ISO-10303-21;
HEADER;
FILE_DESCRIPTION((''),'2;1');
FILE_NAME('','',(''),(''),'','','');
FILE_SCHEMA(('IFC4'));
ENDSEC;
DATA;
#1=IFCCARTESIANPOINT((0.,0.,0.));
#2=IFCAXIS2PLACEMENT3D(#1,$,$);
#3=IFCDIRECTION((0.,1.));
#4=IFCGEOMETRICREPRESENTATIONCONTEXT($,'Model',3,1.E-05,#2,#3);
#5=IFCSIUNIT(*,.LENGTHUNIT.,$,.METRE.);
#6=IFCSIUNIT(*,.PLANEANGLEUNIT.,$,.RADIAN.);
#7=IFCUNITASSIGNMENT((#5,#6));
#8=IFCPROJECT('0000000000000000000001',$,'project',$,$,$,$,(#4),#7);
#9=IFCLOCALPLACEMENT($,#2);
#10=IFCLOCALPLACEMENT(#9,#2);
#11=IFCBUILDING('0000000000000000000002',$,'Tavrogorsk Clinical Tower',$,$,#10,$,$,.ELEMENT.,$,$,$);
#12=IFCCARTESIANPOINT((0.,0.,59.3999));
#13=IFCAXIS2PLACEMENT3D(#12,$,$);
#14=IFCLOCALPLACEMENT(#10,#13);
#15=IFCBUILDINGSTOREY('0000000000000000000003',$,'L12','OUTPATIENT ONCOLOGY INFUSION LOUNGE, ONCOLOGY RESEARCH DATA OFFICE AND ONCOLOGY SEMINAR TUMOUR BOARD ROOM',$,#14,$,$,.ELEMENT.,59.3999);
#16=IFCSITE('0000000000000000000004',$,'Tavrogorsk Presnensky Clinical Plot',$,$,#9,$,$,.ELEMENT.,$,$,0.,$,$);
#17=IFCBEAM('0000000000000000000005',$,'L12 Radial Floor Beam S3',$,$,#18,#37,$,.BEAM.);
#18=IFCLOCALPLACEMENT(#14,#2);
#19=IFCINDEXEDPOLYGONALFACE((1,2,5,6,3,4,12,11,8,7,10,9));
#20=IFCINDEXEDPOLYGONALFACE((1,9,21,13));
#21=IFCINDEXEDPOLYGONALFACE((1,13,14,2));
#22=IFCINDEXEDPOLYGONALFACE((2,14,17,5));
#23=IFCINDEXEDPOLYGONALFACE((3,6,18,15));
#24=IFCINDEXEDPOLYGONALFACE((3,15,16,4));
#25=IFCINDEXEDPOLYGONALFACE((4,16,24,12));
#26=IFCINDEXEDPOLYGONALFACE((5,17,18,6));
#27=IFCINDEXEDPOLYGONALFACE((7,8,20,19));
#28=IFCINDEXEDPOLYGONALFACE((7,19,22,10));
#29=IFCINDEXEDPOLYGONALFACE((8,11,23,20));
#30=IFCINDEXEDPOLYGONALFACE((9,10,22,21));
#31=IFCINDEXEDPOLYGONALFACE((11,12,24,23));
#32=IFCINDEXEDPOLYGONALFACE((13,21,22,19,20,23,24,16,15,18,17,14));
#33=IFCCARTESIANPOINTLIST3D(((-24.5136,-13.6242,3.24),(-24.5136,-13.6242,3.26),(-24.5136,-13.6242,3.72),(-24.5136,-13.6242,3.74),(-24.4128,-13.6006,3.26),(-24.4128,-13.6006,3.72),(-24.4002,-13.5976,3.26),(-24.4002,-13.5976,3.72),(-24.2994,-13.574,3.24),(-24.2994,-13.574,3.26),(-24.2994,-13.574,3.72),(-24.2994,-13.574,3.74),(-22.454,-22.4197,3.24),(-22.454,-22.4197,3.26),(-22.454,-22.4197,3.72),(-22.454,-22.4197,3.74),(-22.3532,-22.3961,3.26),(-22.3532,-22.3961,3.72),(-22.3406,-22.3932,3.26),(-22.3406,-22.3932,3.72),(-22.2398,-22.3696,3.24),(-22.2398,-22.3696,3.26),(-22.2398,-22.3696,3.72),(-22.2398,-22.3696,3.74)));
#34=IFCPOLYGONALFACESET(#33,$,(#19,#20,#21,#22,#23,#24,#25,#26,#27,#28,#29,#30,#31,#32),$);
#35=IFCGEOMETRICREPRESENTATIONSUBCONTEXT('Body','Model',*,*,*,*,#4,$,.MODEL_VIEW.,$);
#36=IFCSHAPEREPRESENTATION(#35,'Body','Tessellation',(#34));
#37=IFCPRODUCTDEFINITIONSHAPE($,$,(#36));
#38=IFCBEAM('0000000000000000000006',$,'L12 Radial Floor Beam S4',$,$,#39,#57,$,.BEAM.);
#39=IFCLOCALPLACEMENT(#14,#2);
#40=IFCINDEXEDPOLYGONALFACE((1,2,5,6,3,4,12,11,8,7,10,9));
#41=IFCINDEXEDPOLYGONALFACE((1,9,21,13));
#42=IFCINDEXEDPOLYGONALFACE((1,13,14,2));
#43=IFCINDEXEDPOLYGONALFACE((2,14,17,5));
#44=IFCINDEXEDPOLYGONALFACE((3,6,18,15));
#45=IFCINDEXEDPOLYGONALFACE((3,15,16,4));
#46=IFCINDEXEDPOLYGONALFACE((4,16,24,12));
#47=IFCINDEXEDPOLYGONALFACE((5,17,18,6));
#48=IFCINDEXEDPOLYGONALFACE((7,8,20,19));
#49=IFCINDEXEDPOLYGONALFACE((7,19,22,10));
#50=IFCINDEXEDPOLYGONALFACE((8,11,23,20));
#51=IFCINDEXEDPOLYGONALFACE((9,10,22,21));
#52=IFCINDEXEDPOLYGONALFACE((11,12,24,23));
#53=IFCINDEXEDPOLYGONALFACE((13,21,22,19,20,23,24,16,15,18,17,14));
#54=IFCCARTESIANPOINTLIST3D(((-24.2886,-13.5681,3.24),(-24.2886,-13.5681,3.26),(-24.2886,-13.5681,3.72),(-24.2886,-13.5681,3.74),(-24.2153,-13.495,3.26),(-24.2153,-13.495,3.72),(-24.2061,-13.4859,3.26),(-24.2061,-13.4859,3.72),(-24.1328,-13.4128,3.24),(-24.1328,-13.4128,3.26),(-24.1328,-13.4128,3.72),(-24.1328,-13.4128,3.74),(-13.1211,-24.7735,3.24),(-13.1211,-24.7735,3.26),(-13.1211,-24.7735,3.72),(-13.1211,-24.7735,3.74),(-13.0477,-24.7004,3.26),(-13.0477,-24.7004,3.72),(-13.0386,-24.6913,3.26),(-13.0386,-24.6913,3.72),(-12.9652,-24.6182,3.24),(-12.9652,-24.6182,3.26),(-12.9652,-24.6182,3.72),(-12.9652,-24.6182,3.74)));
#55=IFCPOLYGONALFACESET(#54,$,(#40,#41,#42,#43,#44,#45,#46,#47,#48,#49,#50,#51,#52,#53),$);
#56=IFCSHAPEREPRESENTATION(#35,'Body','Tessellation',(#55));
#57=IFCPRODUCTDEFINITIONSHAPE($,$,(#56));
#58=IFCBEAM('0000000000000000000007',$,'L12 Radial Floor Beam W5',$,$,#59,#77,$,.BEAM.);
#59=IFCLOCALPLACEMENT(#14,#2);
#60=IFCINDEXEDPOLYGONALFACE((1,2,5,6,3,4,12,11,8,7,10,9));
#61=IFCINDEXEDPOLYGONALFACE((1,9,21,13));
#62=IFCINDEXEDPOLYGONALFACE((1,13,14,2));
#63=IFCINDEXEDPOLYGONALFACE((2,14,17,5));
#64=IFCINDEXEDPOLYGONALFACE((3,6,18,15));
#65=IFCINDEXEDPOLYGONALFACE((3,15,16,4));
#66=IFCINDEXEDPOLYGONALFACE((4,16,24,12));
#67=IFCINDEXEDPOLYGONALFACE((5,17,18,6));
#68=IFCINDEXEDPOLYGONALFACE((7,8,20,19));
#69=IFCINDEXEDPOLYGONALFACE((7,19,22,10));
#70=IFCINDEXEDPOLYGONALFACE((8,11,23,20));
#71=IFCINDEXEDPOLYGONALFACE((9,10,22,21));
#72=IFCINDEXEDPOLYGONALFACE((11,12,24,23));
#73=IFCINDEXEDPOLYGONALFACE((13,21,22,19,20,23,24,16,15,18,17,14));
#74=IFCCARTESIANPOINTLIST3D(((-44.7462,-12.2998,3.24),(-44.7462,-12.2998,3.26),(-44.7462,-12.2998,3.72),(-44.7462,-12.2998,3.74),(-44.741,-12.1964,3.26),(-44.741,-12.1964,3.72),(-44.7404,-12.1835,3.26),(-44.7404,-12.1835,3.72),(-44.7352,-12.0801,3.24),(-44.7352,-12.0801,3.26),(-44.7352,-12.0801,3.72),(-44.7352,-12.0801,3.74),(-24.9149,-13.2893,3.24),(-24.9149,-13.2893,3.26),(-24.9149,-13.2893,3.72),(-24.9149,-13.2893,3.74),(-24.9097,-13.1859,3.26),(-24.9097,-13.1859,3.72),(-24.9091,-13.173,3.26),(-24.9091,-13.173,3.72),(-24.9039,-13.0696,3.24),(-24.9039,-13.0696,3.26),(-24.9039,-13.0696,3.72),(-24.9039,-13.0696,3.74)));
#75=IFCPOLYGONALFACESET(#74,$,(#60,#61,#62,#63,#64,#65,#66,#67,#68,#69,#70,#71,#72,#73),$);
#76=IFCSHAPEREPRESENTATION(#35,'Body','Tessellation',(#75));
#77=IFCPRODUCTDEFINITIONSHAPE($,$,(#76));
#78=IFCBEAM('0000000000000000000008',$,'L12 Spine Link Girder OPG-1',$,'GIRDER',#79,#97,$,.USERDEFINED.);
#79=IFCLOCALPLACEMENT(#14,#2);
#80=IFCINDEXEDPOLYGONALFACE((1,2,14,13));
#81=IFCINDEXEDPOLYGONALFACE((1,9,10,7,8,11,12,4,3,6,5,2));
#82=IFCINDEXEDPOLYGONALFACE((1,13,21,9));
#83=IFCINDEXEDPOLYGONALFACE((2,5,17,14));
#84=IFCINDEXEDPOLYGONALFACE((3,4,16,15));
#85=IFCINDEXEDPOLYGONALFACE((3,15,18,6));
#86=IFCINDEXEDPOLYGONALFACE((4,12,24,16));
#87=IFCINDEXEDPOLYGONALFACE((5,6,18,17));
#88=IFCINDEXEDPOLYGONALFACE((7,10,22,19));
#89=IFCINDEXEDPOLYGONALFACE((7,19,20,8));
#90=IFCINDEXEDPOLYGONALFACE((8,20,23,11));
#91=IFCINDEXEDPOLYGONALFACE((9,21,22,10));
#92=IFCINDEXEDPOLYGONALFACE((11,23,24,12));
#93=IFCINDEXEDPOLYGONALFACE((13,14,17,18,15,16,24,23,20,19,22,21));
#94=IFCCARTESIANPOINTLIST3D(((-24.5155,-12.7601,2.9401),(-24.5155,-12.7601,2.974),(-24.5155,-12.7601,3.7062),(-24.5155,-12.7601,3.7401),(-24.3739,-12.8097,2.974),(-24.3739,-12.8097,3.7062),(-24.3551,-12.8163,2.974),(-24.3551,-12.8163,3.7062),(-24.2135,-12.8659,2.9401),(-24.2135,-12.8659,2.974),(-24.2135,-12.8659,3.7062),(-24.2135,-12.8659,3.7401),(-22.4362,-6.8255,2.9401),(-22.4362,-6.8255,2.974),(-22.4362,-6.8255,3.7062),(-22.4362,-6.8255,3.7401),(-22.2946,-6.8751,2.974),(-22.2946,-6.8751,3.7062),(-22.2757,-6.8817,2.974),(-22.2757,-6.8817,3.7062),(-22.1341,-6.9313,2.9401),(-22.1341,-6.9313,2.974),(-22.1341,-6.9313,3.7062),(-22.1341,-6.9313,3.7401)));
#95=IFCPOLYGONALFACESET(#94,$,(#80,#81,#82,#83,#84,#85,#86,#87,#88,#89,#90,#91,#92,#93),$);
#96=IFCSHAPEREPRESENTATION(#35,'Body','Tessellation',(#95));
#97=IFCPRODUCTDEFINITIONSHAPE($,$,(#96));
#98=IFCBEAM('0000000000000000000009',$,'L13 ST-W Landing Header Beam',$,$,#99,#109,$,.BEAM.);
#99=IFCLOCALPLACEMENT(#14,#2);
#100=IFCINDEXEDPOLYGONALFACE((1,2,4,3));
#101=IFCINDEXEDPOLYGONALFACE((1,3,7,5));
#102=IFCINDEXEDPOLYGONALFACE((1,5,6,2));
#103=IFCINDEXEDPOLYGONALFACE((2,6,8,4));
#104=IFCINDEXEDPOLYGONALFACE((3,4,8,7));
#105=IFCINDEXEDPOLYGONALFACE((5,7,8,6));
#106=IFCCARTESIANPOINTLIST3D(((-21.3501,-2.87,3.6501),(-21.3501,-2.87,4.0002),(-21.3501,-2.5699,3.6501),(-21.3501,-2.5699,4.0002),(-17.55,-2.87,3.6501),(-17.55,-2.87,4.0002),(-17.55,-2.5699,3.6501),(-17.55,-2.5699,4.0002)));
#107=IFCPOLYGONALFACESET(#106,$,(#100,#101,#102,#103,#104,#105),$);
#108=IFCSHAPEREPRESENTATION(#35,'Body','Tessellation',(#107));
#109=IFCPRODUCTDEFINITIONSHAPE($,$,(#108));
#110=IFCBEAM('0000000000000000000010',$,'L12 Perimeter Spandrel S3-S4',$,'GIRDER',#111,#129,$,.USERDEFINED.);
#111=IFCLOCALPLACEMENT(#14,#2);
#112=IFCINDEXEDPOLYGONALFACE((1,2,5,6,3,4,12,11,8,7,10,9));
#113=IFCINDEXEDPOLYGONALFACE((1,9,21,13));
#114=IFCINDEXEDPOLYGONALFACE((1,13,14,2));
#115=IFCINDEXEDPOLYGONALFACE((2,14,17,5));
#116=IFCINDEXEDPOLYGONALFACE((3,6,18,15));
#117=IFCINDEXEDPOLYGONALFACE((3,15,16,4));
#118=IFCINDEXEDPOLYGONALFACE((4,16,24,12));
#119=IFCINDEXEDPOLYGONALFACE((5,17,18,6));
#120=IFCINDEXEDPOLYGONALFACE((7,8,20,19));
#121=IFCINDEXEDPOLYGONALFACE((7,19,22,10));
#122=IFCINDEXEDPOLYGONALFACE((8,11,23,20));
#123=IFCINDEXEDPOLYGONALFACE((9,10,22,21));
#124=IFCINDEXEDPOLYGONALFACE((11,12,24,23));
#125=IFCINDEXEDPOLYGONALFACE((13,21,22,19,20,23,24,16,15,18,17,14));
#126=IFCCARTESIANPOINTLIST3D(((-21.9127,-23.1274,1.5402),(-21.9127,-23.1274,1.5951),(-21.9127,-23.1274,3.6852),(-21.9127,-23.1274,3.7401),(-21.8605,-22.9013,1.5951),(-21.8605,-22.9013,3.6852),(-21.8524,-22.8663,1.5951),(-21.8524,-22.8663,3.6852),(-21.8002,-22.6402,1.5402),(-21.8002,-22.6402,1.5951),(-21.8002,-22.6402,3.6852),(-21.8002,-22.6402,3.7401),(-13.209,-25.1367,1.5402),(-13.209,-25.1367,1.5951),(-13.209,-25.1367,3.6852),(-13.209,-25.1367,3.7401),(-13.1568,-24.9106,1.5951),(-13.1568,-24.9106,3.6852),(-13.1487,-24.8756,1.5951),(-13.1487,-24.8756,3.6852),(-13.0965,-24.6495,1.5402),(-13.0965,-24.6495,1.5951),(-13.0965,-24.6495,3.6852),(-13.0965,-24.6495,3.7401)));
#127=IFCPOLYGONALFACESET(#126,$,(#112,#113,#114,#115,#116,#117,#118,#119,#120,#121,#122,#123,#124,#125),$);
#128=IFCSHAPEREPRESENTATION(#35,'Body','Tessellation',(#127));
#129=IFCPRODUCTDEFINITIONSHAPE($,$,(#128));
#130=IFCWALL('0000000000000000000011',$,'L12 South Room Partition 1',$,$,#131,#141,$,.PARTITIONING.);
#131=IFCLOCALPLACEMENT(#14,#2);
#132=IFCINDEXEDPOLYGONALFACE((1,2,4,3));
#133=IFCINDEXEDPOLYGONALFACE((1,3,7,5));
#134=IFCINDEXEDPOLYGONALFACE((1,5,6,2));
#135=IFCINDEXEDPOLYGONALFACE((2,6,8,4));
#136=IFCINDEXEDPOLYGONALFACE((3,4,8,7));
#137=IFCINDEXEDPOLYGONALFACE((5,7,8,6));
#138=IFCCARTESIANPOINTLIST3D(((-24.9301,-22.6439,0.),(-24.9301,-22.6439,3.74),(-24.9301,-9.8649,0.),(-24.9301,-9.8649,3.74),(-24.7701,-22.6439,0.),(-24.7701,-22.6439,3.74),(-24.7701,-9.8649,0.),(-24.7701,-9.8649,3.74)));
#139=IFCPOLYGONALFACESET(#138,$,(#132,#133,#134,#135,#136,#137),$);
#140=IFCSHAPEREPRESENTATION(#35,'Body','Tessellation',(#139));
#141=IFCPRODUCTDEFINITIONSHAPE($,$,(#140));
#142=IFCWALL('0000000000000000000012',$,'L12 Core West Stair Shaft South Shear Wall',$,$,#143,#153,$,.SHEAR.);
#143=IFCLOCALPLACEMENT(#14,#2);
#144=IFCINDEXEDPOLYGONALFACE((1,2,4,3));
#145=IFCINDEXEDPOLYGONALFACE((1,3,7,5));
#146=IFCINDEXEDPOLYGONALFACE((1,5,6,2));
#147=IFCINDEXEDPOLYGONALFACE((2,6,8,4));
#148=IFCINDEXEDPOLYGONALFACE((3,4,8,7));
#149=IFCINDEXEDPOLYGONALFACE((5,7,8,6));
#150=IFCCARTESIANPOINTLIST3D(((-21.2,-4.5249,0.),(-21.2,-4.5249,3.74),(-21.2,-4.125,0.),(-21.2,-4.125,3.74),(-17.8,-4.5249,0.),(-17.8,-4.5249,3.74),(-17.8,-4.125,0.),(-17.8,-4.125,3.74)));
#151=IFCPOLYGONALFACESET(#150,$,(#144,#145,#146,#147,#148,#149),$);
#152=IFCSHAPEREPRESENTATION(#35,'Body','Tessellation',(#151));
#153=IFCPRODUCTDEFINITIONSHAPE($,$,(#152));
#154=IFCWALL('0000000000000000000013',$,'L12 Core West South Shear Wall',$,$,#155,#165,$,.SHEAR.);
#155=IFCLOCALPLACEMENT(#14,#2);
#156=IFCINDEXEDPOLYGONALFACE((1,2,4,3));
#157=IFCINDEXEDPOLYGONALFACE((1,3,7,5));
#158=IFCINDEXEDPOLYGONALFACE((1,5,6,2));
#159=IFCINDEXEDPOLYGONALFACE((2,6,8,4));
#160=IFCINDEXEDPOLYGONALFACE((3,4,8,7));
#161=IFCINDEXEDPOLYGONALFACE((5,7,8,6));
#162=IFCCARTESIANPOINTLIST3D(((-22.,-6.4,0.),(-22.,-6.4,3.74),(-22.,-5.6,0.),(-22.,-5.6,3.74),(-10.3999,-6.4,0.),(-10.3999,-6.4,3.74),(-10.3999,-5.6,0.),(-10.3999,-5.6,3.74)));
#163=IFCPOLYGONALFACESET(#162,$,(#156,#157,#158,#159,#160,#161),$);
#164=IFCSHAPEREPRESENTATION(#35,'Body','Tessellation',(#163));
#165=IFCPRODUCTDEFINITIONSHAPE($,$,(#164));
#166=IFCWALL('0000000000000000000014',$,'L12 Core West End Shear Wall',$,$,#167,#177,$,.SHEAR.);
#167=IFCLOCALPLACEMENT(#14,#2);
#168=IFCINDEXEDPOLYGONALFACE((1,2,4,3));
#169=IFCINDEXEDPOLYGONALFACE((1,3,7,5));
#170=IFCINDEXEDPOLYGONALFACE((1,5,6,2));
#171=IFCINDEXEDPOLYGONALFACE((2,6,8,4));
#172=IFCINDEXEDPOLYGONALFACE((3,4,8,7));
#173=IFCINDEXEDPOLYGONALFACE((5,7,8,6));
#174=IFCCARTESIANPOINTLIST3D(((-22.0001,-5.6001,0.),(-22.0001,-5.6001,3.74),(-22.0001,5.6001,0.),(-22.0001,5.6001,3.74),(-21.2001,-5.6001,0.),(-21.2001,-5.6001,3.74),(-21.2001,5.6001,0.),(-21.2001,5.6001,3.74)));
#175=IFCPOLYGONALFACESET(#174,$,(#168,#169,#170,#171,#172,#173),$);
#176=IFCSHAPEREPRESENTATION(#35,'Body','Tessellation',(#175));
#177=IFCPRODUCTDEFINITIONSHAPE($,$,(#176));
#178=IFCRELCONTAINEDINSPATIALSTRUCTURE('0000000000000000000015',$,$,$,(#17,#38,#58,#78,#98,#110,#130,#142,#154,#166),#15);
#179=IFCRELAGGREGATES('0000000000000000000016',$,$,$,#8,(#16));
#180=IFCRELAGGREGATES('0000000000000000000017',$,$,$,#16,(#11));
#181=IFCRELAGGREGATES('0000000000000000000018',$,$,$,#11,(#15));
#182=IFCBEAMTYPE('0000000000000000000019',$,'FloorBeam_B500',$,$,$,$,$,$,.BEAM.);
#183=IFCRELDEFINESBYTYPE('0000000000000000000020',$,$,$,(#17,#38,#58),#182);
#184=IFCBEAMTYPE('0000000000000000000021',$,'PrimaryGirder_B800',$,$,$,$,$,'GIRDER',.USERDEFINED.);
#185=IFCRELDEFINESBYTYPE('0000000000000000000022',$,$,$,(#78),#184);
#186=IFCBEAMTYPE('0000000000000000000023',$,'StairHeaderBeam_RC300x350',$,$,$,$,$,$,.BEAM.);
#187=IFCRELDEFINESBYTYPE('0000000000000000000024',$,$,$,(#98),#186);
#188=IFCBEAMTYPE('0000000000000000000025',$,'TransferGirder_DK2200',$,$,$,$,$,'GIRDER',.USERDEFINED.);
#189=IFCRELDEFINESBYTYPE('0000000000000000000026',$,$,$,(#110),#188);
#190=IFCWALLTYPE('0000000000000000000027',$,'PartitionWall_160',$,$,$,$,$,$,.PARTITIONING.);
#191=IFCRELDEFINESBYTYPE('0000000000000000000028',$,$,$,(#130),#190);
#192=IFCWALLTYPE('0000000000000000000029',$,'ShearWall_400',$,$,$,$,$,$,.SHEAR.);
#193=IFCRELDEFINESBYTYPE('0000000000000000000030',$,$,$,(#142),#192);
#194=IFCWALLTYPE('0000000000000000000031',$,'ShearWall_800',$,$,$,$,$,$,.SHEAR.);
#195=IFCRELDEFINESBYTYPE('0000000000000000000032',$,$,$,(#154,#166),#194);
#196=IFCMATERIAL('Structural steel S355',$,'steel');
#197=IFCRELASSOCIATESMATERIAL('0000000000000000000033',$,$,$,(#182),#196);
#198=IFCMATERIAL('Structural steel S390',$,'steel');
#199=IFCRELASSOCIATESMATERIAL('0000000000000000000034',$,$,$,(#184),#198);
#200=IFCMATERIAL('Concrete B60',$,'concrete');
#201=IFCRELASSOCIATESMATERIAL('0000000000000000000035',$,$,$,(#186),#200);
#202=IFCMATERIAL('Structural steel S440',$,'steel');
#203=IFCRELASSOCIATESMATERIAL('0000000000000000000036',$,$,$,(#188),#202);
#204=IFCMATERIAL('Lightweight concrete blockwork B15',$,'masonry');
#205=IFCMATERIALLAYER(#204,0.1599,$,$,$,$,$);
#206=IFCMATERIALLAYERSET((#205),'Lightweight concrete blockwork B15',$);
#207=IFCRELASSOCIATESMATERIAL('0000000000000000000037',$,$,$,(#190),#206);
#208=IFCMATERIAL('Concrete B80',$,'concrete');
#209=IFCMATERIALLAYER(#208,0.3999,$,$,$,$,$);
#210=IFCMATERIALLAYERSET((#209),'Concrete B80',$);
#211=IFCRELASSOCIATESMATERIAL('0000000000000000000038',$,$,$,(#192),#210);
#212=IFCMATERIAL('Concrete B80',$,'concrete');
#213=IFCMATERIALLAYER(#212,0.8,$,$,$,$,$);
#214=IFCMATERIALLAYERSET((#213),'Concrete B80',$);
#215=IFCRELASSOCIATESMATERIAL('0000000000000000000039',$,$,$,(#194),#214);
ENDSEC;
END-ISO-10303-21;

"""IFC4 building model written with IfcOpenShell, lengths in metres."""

from ifc_helpers import new_model, si_unit, direction, frame, frame_2d, origin, origin_2d, place, context, subcontext, project, spatial, rectangle, i_section, extrude, material, layer, layer_set, material_profile, profile_set, type_object, element, save


model = new_model("IFC4")

# Units and contexts
model_context = context("Model", 3, precision=1e-05, world=origin(), true_north=direction((0.0, 1.0)))
body_context = subcontext(model_context, "Body", "Model", "MODEL_VIEW")
ifc_project = project(units=[si_unit("LENGTHUNIT", "METRE"), si_unit("PLANEANGLEUNIT", "RADIAN")], contexts=[model_context])

# Site, building, storey
site_placement = place(None, origin())
site = spatial("IfcSite", under=ifc_project, at=site_placement, Name="Tavrogorsk Presnensky Clinical Plot", CompositionType="ELEMENT", RefElevation=0.0)
building_placement = place(site_placement, origin())
building = spatial("IfcBuilding", under=site, at=building_placement, Name="Tavrogorsk Clinical Tower", CompositionType="ELEMENT")
storey_placement = place(building_placement, frame((0.0, 0.0, 59.3999)))
storey = spatial("IfcBuildingStorey", under=building, at=storey_placement, Name="L12", Description="OUTPATIENT ONCOLOGY INFUSION LOUNGE, ONCOLOGY RESEARCH DATA OFFICE AND ONCOLOGY SEMINAR TUMOUR BOARD ROOM", CompositionType="ELEMENT", Elevation=59.3999)

# Beams
ifc_material_1 = material(Name="Structural steel S355", Category="steel")
ifc_material_profile_1 = material_profile(ifc_material_1, i_section(OverallWidth=0.22, OverallDepth=0.5, WebThickness=0.0129, FlangeThickness=0.02, at=origin_2d()), Name="B-500x220x13x20")
ifc_profile_set_1 = profile_set([ifc_material_profile_1], Name="Structural steel S355")
beam_type_1 = type_object("IfcBeamType", Name="FloorBeam_B500", PredefinedType="BEAM", material=ifc_profile_set_1)
beam_1_placement = place(storey_placement, frame((-24.4065, -13.5991, 3.49), z_axis=(0.227997, -0.973662, 0.0), x_axis=(0.973662, 0.227997, 0.0)))
element("IfcBeam", 1, at=beam_1_placement, inside=storey, type_object=beam_type_1, Name="L12 Radial Floor Beam S3", PredefinedType="BEAM", context=body_context, shape_type="SweptSolid", body=[
    extrude(i_section(OverallWidth=0.22, OverallDepth=0.5, WebThickness=0.0129, FlangeThickness=0.02, at=origin_2d()), origin(), (0.0, 0.0, 1.0), 9.0334),
])
beam_2_placement = place(storey_placement, frame((-24.2107, -13.4905, 3.49), z_axis=(0.70591, -0.708302, 0.0), x_axis=(0.708302, 0.70591, 0.0)))
element("IfcBeam", 2, at=beam_2_placement, inside=storey, type_object=beam_type_1, Name="L12 Radial Floor Beam S4", PredefinedType="BEAM", context=body_context, shape_type="SweptSolid", body=[
    extrude(i_section(OverallWidth=0.22, OverallDepth=0.5, WebThickness=0.0129, FlangeThickness=0.02, at=origin_2d()), origin(), (0.0, 0.0, 1.0), 15.8201),
])
beam_3_placement = place(storey_placement, frame((-24.9094, -13.1794, 3.49), z_axis=(-0.998758, 0.049834, 0.0), x_axis=(-0.049834, -0.998758, 0.0)))
element("IfcBeam", 3, at=beam_3_placement, inside=storey, type_object=beam_type_1, Name="L12 Radial Floor Beam W5", PredefinedType="BEAM", context=body_context, shape_type="SweptSolid", body=[
    extrude(i_section(OverallWidth=0.22, OverallDepth=0.5, WebThickness=0.0129, FlangeThickness=0.02, at=origin_2d()), origin(), (0.0, 0.0, 1.0), 19.856),
])
ifc_material_2 = material(Name="Structural steel S390", Category="steel")
ifc_material_profile_2 = material_profile(ifc_material_2, i_section(OverallWidth=0.3201, OverallDepth=0.8, WebThickness=0.02, FlangeThickness=0.0339, at=origin_2d()), Name="B-800x320x20x34")
ifc_profile_set_2 = profile_set([ifc_material_profile_2], Name="Structural steel S390")
beam_type_2 = type_object("IfcBeamType", Name="PrimaryGirder_B800", ElementType="GIRDER", PredefinedType="USERDEFINED", material=ifc_profile_set_2)
beam_4_placement = place(storey_placement, frame((-24.3645, -12.813, 3.3401), z_axis=(0.330669, 0.943747, 0.0), x_axis=(-0.943747, 0.330669, 0.0)))
element("IfcBeam", 4, at=beam_4_placement, inside=storey, type_object=beam_type_2, Name="L12 Spine Link Girder OPG-1", ObjectType="GIRDER", PredefinedType="USERDEFINED", context=body_context, shape_type="SweptSolid", body=[
    extrude(i_section(OverallWidth=0.3201, OverallDepth=0.8, WebThickness=0.02, FlangeThickness=0.0339, at=origin_2d()), origin(), (0.0, 0.0, 1.0), 6.2883),
])
ifc_material_3 = material(Name="Concrete B60", Category="concrete")
ifc_material_profile_3 = material_profile(ifc_material_3, rectangle(XDim=0.3, YDim=0.3501, at=origin_2d()), Name="RC-SHB-300x350")
ifc_profile_set_3 = profile_set([ifc_material_profile_3], Name="Concrete B60")
beam_type_3 = type_object("IfcBeamType", Name="StairHeaderBeam_RC300x350", PredefinedType="BEAM", material=ifc_profile_set_3)
beam_5_placement = place(storey_placement, frame((-21.3501, -2.72, 3.8252), z_axis=(1.0, 0.0, 0.0), x_axis=(0.0, 1.0, 0.0)))
element("IfcBeam", 5, at=beam_5_placement, inside=storey, type_object=beam_type_3, Name="L13 ST-W Landing Header Beam", PredefinedType="BEAM", context=body_context, shape_type="SweptSolid", body=[
    extrude(rectangle(XDim=0.3, YDim=0.3501, at=origin_2d()), origin(), (0.0, 0.0, 1.0), 3.8),
])
ifc_material_4 = material(Name="Structural steel S440", Category="steel")
ifc_material_profile_4 = material_profile(ifc_material_4, i_section(OverallWidth=0.5, OverallDepth=2.2, WebThickness=0.0359, FlangeThickness=0.0549, at=origin_2d()), Name="DK-2200x500x36x55")
ifc_profile_set_4 = profile_set([ifc_material_profile_4], Name="Structural steel S440")
beam_type_4 = type_object("IfcBeamType", Name="TransferGirder_DK2200", ElementType="GIRDER", PredefinedType="USERDEFINED", material=ifc_profile_set_4)
beam_6_placement = place(storey_placement, frame((-21.8564, -22.8838, 2.6401), z_axis=(0.974373, -0.224939, 0.0), x_axis=(0.224939, 0.974373, 0.0)))
element("IfcBeam", 6, at=beam_6_placement, inside=storey, type_object=beam_type_4, Name="L12 Perimeter Spandrel S3-S4", ObjectType="GIRDER", PredefinedType="USERDEFINED", context=body_context, shape_type="SweptSolid", body=[
    extrude(i_section(OverallWidth=0.5, OverallDepth=2.2, WebThickness=0.0359, FlangeThickness=0.0549, at=origin_2d()), origin(), (0.0, 0.0, 1.0), 8.9326),
])

# Walls
ifc_material_5 = material(Name="Lightweight concrete blockwork B15", Category="masonry")
ifc_layer_1 = layer(ifc_material_5, 0.1599)
ifc_layer_set_1 = layer_set([ifc_layer_1], Name="Lightweight concrete blockwork B15")
wall_type_1 = type_object("IfcWallType", Name="PartitionWall_160", PredefinedType="PARTITIONING", material=ifc_layer_set_1)
wall_1_placement = place(storey_placement, frame((-24.8501, -22.644, 0.0), z_axis=(0.0, 0.0, 1.0), x_axis=(0.0, 1.0, 0.0)))
element("IfcWall", 7, at=wall_1_placement, inside=storey, type_object=wall_type_1, Name="L12 South Room Partition 1", PredefinedType="PARTITIONING", context=body_context, shape_type="SweptSolid", body=[
    extrude(rectangle(XDim=12.7791, YDim=0.1599, at=frame_2d((6.3896, 0.0))), origin(), (0.0, 0.0, 1.0), 3.74),
])
ifc_material_6 = material(Name="Concrete B80", Category="concrete")
ifc_layer_2 = layer(ifc_material_6, 0.3999)
ifc_layer_set_2 = layer_set([ifc_layer_2], Name="Concrete B80")
wall_type_2 = type_object("IfcWallType", Name="ShearWall_400", PredefinedType="SHEAR", material=ifc_layer_set_2)
wall_2_placement = place(storey_placement, frame((-21.2, -4.325, 0.0), z_axis=(0.0, 0.0, 1.0), x_axis=(1.0, 0.0, 0.0)))
element("IfcWall", 8, at=wall_2_placement, inside=storey, type_object=wall_type_2, Name="L12 Core West Stair Shaft South Shear Wall", PredefinedType="SHEAR", context=body_context, shape_type="SweptSolid", body=[
    extrude(rectangle(XDim=3.3999, YDim=0.3999, at=frame_2d((1.7, 0.0))), origin(), (0.0, 0.0, 1.0), 3.74),
])
ifc_material_7 = material(Name="Concrete B80", Category="concrete")
ifc_layer_3 = layer(ifc_material_7, 0.8)
ifc_layer_set_3 = layer_set([ifc_layer_3], Name="Concrete B80")
wall_type_3 = type_object("IfcWallType", Name="ShearWall_800", PredefinedType="SHEAR", material=ifc_layer_set_3)
wall_3_placement = place(storey_placement, frame((-22.0, -6.0, 0.0), z_axis=(0.0, 0.0, 1.0), x_axis=(1.0, 0.0, 0.0)))
element("IfcWall", 9, at=wall_3_placement, inside=storey, type_object=wall_type_3, Name="L12 Core West South Shear Wall", PredefinedType="SHEAR", context=body_context, shape_type="SweptSolid", body=[
    extrude(rectangle(XDim=11.6001, YDim=0.8, at=frame_2d((5.8, 0.0))), origin(), (0.0, 0.0, 1.0), 3.74),
])
wall_4_placement = place(storey_placement, frame((-21.6001, -5.6001, 0.0), z_axis=(0.0, 0.0, 1.0), x_axis=(0.0, 1.0, 0.0)))
element("IfcWall", 10, at=wall_4_placement, inside=storey, type_object=wall_type_3, Name="L12 Core West End Shear Wall", PredefinedType="SHEAR", context=body_context, shape_type="SweptSolid", body=[
    extrude(rectangle(XDim=11.2002, YDim=0.8, at=frame_2d((5.6001, 0.0))), origin(), (0.0, 0.0, 1.0), 3.74),
])

save(model, "model.ifc")
